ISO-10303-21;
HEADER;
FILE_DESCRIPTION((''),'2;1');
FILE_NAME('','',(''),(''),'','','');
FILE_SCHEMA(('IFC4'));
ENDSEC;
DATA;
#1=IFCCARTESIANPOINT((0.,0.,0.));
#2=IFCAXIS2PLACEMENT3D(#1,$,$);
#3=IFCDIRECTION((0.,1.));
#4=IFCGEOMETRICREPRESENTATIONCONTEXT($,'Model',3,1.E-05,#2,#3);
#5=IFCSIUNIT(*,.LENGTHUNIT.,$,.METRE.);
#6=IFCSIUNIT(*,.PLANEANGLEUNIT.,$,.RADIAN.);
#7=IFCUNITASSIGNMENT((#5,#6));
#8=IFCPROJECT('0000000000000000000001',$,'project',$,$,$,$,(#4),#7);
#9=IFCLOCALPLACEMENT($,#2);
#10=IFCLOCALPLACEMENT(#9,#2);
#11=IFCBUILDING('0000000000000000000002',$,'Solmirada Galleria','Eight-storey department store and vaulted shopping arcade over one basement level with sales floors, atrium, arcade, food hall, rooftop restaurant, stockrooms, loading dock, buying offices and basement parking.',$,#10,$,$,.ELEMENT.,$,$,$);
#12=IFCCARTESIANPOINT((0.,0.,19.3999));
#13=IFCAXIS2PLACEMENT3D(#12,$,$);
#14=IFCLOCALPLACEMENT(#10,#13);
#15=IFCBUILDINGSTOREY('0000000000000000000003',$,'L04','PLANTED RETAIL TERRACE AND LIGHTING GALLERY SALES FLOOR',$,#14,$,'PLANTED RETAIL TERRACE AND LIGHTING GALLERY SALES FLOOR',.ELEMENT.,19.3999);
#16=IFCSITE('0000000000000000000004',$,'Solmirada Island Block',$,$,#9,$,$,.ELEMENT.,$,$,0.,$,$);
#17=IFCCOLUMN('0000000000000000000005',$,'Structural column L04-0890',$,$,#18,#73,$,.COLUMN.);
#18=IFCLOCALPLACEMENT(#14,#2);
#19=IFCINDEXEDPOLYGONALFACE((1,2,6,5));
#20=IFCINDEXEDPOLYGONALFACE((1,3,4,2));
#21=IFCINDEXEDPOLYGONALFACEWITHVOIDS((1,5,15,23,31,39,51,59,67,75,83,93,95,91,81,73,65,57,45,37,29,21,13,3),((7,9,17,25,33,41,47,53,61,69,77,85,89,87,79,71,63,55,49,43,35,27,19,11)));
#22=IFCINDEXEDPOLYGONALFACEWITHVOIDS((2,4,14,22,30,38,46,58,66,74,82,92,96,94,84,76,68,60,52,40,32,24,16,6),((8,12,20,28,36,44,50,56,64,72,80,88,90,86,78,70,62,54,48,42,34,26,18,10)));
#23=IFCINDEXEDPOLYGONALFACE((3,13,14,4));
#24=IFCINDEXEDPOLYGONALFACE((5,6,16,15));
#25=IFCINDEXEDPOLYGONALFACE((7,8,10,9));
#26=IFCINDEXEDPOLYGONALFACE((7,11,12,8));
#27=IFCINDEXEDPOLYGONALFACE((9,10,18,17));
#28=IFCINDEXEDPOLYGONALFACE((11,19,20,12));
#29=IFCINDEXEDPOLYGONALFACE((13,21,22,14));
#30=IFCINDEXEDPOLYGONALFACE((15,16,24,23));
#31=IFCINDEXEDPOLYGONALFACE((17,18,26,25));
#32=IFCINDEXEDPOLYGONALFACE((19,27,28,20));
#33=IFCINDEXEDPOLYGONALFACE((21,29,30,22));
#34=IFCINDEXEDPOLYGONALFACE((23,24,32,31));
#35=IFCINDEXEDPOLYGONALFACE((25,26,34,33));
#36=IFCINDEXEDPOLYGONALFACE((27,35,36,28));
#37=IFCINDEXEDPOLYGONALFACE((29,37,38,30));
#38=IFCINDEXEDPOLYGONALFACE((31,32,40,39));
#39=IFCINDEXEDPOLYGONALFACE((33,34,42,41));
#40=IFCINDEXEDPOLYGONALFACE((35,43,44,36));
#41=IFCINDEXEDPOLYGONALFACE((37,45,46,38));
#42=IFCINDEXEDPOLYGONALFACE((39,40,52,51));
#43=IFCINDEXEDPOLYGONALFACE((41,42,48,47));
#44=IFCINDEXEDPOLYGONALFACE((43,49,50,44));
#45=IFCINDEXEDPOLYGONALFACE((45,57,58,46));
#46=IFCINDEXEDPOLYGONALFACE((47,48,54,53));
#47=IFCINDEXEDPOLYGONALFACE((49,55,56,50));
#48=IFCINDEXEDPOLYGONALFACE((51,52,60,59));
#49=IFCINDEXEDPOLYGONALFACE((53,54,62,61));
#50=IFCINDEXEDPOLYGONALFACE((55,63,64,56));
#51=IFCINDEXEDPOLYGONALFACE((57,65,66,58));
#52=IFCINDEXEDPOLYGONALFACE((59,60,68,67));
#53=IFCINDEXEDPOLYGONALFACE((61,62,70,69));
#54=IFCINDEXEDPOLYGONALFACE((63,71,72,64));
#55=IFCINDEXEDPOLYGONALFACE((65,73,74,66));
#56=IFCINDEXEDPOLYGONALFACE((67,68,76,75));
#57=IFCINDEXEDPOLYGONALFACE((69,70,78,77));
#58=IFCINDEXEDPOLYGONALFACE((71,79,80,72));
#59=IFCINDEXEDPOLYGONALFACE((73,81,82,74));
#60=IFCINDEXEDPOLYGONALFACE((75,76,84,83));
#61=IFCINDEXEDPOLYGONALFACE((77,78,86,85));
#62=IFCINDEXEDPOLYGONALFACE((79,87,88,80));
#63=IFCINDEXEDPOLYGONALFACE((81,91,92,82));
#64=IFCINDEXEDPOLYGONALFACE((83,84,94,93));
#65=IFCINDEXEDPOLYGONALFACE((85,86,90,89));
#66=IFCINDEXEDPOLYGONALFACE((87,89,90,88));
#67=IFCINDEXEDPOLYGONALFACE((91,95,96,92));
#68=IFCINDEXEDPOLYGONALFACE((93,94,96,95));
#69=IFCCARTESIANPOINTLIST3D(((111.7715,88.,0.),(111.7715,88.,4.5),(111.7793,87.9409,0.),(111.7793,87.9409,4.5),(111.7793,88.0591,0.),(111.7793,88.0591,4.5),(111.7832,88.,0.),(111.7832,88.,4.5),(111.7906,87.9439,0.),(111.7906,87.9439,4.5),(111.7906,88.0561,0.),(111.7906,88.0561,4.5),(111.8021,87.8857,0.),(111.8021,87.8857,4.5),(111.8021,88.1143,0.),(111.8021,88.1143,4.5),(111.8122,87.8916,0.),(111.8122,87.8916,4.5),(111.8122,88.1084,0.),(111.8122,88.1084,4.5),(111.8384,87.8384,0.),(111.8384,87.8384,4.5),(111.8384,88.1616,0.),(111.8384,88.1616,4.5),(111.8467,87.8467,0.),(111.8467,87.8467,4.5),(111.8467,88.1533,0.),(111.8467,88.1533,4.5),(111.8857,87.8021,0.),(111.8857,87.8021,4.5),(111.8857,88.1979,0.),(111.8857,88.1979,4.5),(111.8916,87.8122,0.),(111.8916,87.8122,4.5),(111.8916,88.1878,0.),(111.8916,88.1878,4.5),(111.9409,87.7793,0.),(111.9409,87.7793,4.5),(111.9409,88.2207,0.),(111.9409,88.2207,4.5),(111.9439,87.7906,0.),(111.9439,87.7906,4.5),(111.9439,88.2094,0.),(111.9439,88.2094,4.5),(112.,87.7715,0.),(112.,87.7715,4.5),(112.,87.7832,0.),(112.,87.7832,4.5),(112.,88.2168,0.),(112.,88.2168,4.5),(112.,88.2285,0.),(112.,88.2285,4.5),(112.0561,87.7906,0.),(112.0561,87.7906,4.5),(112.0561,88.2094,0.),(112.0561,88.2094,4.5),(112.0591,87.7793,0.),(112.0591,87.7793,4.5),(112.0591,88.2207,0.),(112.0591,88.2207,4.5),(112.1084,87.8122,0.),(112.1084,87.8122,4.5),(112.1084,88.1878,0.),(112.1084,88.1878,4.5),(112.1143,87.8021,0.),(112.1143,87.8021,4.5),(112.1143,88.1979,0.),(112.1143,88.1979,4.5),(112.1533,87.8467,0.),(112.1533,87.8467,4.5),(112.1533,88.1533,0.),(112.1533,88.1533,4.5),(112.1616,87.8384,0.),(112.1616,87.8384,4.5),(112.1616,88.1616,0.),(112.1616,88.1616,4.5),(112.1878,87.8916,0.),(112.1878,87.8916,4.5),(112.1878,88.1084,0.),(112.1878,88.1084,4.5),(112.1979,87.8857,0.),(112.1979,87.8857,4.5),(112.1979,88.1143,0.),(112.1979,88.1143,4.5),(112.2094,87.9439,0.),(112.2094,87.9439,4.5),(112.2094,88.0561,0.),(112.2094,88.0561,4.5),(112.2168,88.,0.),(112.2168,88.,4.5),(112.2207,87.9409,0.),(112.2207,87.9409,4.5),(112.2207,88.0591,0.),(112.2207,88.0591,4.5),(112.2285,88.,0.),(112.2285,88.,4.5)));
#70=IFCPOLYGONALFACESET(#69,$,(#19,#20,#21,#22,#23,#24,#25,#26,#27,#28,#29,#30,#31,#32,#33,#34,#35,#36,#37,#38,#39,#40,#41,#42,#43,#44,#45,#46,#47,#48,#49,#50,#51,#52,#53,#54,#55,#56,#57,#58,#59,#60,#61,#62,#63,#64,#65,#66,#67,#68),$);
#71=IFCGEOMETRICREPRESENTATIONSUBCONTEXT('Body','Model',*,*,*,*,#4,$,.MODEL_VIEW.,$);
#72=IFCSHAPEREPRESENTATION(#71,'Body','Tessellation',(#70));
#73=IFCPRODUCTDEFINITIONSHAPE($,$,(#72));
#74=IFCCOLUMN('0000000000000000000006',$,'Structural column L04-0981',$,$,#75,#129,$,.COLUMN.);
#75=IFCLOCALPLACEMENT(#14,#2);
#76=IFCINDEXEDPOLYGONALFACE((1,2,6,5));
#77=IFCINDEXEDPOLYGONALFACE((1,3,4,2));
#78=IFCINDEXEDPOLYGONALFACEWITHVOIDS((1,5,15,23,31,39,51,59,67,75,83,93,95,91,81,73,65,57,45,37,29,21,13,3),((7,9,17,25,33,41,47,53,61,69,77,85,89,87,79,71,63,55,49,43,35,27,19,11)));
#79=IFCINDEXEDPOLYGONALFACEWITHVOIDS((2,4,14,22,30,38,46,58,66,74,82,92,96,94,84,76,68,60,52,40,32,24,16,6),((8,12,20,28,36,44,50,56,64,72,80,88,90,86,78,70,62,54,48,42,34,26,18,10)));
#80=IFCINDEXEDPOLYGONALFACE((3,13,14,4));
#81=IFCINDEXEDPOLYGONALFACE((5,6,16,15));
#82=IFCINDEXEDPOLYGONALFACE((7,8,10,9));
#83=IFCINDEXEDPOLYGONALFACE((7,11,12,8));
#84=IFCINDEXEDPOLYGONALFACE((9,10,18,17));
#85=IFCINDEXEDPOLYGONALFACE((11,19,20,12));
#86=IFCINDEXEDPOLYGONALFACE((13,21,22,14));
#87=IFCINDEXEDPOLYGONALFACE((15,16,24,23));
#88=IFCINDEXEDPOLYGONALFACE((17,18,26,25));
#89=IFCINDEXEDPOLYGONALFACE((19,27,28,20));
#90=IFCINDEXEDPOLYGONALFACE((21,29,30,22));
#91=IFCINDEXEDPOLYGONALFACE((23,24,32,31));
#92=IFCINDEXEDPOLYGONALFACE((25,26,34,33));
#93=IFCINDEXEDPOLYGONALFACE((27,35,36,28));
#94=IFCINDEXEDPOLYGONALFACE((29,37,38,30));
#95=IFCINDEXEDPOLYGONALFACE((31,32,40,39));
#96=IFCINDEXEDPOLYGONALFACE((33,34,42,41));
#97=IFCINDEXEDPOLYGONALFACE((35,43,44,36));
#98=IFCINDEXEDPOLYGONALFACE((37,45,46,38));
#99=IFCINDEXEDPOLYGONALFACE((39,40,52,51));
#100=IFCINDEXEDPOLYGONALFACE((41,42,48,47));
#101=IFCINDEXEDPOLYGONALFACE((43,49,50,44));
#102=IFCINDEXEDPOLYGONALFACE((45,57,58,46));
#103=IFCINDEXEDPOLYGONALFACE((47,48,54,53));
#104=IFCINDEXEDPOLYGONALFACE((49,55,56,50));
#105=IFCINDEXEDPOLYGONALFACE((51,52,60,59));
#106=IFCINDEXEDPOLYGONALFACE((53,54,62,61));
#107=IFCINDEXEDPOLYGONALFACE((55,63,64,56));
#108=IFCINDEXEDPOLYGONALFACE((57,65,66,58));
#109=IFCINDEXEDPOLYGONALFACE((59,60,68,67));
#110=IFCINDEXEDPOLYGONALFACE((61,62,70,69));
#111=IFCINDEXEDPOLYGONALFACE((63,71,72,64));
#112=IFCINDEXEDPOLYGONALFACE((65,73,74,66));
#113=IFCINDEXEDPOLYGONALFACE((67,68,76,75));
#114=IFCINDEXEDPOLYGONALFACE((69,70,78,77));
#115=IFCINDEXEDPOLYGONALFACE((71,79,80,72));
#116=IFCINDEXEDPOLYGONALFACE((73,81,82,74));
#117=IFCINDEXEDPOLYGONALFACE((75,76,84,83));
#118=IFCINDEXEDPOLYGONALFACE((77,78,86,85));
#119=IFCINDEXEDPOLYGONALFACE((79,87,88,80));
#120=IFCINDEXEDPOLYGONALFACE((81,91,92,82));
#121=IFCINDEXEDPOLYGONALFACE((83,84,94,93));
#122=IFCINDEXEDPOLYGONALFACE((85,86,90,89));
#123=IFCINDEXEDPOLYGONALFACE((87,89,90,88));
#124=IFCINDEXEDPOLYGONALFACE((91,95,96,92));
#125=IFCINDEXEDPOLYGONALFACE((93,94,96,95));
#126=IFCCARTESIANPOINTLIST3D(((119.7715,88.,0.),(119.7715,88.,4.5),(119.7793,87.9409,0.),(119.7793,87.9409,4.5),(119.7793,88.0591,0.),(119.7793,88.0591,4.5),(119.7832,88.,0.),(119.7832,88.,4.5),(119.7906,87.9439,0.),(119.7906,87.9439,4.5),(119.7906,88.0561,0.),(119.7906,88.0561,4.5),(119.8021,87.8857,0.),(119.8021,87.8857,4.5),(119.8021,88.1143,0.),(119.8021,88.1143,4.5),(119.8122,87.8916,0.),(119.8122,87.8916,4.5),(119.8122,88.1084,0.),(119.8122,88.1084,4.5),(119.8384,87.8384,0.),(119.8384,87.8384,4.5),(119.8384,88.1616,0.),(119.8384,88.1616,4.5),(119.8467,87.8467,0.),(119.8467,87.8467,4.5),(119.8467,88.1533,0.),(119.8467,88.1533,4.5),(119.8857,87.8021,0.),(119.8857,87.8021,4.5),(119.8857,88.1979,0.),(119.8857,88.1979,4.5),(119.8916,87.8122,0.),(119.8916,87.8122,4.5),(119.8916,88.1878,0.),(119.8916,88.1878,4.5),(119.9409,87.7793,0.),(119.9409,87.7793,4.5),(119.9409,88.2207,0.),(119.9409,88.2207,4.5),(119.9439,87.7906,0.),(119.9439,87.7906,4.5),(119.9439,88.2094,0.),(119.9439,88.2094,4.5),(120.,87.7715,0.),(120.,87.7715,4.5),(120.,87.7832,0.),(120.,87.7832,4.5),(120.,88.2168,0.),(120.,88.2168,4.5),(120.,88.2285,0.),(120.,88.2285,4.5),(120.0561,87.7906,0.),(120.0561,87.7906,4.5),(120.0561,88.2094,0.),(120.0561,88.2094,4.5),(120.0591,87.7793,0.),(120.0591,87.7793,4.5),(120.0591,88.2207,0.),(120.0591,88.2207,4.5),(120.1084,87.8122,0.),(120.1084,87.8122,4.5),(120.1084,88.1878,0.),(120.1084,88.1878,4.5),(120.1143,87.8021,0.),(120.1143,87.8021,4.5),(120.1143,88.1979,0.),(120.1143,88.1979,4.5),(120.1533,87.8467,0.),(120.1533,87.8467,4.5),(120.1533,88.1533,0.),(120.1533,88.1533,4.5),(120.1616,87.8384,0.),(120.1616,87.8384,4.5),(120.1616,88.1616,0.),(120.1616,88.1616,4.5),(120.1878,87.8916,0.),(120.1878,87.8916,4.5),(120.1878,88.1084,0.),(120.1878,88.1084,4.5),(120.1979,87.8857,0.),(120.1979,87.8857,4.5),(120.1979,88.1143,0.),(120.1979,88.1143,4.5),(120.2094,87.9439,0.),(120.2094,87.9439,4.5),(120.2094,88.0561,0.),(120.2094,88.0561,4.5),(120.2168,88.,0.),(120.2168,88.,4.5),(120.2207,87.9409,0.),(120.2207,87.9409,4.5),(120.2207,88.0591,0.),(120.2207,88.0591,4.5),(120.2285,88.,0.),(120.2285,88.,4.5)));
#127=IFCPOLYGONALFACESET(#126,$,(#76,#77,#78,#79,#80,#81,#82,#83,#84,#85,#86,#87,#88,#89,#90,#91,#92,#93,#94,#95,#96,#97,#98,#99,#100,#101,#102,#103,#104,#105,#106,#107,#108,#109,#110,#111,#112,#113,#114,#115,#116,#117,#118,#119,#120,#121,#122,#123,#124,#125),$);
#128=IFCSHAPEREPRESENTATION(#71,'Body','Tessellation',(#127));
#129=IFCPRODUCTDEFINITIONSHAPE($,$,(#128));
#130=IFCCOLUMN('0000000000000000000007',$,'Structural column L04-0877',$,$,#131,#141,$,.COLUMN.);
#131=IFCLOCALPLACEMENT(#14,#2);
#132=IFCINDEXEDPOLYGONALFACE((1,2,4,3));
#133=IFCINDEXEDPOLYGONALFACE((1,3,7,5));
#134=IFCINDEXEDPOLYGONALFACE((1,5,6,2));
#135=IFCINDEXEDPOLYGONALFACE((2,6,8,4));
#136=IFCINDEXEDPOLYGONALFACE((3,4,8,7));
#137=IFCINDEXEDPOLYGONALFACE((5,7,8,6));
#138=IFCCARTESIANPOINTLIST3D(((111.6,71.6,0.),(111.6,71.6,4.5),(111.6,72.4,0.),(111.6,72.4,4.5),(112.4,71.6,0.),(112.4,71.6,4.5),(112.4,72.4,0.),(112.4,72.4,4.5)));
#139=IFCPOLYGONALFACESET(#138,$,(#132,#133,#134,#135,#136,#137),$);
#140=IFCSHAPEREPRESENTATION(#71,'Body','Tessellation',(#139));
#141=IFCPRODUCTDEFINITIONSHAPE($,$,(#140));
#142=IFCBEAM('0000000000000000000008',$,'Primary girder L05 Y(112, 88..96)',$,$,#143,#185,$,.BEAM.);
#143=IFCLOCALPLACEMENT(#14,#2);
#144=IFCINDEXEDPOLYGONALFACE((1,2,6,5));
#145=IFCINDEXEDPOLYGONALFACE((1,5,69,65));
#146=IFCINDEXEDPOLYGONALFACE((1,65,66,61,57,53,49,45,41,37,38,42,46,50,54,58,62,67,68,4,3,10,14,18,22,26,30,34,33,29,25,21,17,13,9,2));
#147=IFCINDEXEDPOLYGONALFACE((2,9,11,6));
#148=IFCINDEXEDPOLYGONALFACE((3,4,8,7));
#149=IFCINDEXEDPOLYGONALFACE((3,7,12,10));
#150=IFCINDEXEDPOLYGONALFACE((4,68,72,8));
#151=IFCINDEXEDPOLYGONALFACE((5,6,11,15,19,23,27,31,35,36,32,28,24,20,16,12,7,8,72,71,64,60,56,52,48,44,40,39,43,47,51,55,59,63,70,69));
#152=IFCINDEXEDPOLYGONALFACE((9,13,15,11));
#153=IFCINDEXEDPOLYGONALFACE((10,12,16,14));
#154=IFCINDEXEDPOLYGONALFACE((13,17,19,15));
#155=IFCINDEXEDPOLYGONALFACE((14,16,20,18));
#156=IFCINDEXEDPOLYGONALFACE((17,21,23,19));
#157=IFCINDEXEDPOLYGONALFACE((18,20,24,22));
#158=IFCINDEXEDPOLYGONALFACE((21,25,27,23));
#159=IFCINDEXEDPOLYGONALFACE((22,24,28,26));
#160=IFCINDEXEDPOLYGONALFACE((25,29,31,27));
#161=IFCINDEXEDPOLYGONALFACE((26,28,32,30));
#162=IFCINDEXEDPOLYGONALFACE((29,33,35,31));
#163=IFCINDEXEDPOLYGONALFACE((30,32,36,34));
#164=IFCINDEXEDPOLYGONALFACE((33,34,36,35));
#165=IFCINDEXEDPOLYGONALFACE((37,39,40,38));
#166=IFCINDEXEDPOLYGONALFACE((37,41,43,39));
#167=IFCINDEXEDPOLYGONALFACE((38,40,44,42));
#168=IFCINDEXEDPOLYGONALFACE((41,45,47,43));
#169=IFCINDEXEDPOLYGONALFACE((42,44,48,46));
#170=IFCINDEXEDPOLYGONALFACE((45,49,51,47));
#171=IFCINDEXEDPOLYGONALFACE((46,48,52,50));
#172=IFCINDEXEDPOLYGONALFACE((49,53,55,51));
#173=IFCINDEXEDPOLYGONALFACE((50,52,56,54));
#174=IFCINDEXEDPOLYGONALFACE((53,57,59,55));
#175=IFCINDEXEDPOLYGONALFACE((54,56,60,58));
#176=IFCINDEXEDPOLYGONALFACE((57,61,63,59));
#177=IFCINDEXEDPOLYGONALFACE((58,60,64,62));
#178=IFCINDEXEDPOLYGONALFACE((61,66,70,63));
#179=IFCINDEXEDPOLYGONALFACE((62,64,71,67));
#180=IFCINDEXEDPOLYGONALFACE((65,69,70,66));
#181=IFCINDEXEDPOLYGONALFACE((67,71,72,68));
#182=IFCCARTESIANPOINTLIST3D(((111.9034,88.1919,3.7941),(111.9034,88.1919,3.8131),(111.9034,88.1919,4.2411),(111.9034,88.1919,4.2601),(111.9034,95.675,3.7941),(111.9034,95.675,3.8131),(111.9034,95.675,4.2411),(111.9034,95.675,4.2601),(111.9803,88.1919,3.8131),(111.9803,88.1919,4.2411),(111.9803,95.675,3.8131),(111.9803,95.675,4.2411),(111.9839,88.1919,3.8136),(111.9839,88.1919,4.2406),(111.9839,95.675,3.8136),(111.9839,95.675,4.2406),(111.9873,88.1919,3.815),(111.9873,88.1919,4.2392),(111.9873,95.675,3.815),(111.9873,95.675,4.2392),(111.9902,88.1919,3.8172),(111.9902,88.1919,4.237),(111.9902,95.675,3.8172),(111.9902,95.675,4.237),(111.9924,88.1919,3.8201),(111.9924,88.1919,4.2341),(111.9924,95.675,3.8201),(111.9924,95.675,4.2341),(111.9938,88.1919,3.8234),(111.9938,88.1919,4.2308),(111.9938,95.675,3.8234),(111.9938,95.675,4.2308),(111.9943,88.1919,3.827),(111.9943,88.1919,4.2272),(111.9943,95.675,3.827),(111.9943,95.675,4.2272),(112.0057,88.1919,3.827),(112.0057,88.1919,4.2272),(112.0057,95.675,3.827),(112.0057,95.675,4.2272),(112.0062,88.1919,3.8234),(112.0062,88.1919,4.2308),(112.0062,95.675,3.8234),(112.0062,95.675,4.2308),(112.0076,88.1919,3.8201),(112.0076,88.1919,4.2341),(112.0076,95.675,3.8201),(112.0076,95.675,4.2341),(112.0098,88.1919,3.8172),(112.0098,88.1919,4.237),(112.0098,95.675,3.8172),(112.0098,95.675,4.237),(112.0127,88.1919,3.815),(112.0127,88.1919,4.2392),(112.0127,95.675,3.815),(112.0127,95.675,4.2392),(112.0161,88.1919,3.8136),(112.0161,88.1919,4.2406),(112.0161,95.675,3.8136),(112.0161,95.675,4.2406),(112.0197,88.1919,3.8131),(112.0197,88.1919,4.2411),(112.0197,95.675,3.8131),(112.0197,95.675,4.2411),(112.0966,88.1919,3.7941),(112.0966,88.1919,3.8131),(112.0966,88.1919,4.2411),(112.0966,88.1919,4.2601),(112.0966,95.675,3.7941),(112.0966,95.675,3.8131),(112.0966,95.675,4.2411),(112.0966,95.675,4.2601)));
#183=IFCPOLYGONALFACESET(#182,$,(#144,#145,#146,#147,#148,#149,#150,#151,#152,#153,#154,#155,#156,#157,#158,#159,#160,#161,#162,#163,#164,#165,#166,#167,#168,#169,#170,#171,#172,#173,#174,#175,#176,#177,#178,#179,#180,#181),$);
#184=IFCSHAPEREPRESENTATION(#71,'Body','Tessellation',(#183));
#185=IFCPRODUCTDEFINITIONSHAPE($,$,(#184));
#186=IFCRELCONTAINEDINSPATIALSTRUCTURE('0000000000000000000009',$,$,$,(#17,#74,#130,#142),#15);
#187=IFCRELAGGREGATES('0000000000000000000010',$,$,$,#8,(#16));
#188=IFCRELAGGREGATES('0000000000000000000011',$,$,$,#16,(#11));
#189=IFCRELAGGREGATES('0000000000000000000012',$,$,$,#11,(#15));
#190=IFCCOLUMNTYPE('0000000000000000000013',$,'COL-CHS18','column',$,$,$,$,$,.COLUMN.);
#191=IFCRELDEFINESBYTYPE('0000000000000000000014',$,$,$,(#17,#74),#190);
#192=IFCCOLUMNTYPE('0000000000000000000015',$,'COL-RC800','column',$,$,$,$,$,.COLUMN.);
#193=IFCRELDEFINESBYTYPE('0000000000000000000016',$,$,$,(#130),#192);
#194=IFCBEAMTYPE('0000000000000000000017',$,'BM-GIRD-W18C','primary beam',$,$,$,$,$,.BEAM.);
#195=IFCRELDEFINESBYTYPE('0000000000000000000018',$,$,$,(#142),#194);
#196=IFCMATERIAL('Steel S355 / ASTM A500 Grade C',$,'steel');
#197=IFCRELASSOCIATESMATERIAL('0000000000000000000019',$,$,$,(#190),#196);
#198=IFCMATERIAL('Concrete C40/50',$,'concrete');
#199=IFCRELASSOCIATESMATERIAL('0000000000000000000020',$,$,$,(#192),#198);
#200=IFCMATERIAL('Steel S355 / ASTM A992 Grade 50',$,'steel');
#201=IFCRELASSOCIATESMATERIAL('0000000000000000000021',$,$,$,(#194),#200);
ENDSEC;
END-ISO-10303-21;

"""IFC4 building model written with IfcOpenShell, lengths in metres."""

from ifc_helpers import new_model, si_unit, direction, frame, origin, origin_2d, place, context, subcontext, project, spatial, rectangle, hollow_circle, i_section, extrude, material, material_profile, profile_set, type_object, element, save


model = new_model("IFC4")

# Units and contexts
model_context = context("Model", 3, precision=1e-05, world=origin(), true_north=direction((0.0, 1.0)))
body_context = subcontext(model_context, "Body", "Model", "MODEL_VIEW")
ifc_project = project(units=[si_unit("LENGTHUNIT", "METRE"), si_unit("PLANEANGLEUNIT", "RADIAN")], contexts=[model_context])

# Site, building, storey
site_placement = place(None, origin())
site = spatial("IfcSite", under=ifc_project, at=site_placement, Name="Solmirada Island Block", CompositionType="ELEMENT", RefElevation=0.0)
building_placement = place(site_placement, origin())
building = spatial("IfcBuilding", under=site, at=building_placement, Name="Solmirada Galleria", Description="Eight-storey department store and vaulted shopping arcade over one basement level with sales floors, atrium, arcade, food hall, rooftop restaurant, stockrooms, loading dock, buying offices and basement parking.", CompositionType="ELEMENT")
storey_placement = place(building_placement, frame((0.0, 0.0, 19.3999)))
storey = spatial("IfcBuildingStorey", under=building, at=storey_placement, Name="L04", Description="PLANTED RETAIL TERRACE AND LIGHTING GALLERY SALES FLOOR", LongName="PLANTED RETAIL TERRACE AND LIGHTING GALLERY SALES FLOOR", CompositionType="ELEMENT", Elevation=19.3999)

# Columns
ifc_material_1 = material(Name="Steel S355 / ASTM A500 Grade C", Category="steel")
ifc_material_profile_1 = material_profile(ifc_material_1, hollow_circle(Radius=0.2285, WallThickness=0.0117, at=origin_2d()), Name="HSS18.000X0.500")
ifc_profile_set_1 = profile_set([ifc_material_profile_1], Name="Steel S355 / ASTM A500 Grade C")
column_type_1 = type_object("IfcColumnType", Name="COL-CHS18", Description="column", PredefinedType="COLUMN", material=ifc_profile_set_1)
for number, where, z_axis, x_axis, name in (
    (1, (112.0, 88.0, 0.0), (0.0, 0.0, 1.0), (1.0, 0.0, 0.0), "Structural column L04-0890"),
    (2, (120.0, 88.0, 0.0), (0.0, 0.0, 1.0), (1.0, 0.0, 0.0), "Structural column L04-0981"),
):
    element("IfcColumn", number, at=place(storey_placement, frame(where, z_axis=z_axis, x_axis=x_axis)), inside=storey, type_object=column_type_1, Name=name, PredefinedType="COLUMN", context=body_context, shape_type="SweptSolid", body=[
        extrude(hollow_circle(Radius=0.2285, WallThickness=0.0117, at=origin_2d()), origin(), (0.0, 0.0, 1.0), 4.5),
    ])
ifc_material_2 = material(Name="Concrete C40/50", Category="concrete")
ifc_material_profile_2 = material_profile(ifc_material_2, rectangle(XDim=0.8, YDim=0.8, at=origin_2d()), Name="RC800X800")
ifc_profile_set_2 = profile_set([ifc_material_profile_2], Name="Concrete C40/50")
column_type_2 = type_object("IfcColumnType", Name="COL-RC800", Description="column", PredefinedType="COLUMN", material=ifc_profile_set_2)
column_placement = place(storey_placement, frame((112.0, 72.0, 0.0), z_axis=(0.0, 0.0, 1.0), x_axis=(1.0, 0.0, 0.0)))
element("IfcColumn", 3, at=column_placement, inside=storey, type_object=column_type_2, Name="Structural column L04-0877", PredefinedType="COLUMN", context=body_context, shape_type="SweptSolid", body=[
    extrude(rectangle(XDim=0.8, YDim=0.8, at=origin_2d()), origin(), (0.0, 0.0, 1.0), 4.5),
])

# Beam
ifc_material_3 = material(Name="Steel S355 / ASTM A992 Grade 50", Category="steel")
ifc_material_profile_3 = material_profile(ifc_material_3, i_section(OverallWidth=0.1931, OverallDepth=0.4661, WebThickness=0.0115, FlangeThickness=0.019, FilletRadius=0.0139, at=origin_2d()), Name="W18X65")
ifc_profile_set_3 = profile_set([ifc_material_profile_3], Name="Steel S355 / ASTM A992 Grade 50")
beam_type = type_object("IfcBeamType", Name="BM-GIRD-W18C", Description="primary beam", PredefinedType="BEAM", material=ifc_profile_set_3)
beam_placement = place(storey_placement, frame((112.0, 88.1919, 4.0271), z_axis=(0.0, 1.0, 0.0), x_axis=(-1.0, 0.0, 0.0)))
element("IfcBeam", 4, at=beam_placement, inside=storey, type_object=beam_type, Name="Primary girder L05 Y(112, 88..96)", PredefinedType="BEAM", context=body_context, shape_type="SweptSolid", body=[
    extrude(i_section(OverallWidth=0.1931, OverallDepth=0.4661, WebThickness=0.0115, FlangeThickness=0.019, FilletRadius=0.0139, at=origin_2d()), origin(), (0.0, 0.0, 1.0), 7.4832),
])

save(model, "model.ifc")
